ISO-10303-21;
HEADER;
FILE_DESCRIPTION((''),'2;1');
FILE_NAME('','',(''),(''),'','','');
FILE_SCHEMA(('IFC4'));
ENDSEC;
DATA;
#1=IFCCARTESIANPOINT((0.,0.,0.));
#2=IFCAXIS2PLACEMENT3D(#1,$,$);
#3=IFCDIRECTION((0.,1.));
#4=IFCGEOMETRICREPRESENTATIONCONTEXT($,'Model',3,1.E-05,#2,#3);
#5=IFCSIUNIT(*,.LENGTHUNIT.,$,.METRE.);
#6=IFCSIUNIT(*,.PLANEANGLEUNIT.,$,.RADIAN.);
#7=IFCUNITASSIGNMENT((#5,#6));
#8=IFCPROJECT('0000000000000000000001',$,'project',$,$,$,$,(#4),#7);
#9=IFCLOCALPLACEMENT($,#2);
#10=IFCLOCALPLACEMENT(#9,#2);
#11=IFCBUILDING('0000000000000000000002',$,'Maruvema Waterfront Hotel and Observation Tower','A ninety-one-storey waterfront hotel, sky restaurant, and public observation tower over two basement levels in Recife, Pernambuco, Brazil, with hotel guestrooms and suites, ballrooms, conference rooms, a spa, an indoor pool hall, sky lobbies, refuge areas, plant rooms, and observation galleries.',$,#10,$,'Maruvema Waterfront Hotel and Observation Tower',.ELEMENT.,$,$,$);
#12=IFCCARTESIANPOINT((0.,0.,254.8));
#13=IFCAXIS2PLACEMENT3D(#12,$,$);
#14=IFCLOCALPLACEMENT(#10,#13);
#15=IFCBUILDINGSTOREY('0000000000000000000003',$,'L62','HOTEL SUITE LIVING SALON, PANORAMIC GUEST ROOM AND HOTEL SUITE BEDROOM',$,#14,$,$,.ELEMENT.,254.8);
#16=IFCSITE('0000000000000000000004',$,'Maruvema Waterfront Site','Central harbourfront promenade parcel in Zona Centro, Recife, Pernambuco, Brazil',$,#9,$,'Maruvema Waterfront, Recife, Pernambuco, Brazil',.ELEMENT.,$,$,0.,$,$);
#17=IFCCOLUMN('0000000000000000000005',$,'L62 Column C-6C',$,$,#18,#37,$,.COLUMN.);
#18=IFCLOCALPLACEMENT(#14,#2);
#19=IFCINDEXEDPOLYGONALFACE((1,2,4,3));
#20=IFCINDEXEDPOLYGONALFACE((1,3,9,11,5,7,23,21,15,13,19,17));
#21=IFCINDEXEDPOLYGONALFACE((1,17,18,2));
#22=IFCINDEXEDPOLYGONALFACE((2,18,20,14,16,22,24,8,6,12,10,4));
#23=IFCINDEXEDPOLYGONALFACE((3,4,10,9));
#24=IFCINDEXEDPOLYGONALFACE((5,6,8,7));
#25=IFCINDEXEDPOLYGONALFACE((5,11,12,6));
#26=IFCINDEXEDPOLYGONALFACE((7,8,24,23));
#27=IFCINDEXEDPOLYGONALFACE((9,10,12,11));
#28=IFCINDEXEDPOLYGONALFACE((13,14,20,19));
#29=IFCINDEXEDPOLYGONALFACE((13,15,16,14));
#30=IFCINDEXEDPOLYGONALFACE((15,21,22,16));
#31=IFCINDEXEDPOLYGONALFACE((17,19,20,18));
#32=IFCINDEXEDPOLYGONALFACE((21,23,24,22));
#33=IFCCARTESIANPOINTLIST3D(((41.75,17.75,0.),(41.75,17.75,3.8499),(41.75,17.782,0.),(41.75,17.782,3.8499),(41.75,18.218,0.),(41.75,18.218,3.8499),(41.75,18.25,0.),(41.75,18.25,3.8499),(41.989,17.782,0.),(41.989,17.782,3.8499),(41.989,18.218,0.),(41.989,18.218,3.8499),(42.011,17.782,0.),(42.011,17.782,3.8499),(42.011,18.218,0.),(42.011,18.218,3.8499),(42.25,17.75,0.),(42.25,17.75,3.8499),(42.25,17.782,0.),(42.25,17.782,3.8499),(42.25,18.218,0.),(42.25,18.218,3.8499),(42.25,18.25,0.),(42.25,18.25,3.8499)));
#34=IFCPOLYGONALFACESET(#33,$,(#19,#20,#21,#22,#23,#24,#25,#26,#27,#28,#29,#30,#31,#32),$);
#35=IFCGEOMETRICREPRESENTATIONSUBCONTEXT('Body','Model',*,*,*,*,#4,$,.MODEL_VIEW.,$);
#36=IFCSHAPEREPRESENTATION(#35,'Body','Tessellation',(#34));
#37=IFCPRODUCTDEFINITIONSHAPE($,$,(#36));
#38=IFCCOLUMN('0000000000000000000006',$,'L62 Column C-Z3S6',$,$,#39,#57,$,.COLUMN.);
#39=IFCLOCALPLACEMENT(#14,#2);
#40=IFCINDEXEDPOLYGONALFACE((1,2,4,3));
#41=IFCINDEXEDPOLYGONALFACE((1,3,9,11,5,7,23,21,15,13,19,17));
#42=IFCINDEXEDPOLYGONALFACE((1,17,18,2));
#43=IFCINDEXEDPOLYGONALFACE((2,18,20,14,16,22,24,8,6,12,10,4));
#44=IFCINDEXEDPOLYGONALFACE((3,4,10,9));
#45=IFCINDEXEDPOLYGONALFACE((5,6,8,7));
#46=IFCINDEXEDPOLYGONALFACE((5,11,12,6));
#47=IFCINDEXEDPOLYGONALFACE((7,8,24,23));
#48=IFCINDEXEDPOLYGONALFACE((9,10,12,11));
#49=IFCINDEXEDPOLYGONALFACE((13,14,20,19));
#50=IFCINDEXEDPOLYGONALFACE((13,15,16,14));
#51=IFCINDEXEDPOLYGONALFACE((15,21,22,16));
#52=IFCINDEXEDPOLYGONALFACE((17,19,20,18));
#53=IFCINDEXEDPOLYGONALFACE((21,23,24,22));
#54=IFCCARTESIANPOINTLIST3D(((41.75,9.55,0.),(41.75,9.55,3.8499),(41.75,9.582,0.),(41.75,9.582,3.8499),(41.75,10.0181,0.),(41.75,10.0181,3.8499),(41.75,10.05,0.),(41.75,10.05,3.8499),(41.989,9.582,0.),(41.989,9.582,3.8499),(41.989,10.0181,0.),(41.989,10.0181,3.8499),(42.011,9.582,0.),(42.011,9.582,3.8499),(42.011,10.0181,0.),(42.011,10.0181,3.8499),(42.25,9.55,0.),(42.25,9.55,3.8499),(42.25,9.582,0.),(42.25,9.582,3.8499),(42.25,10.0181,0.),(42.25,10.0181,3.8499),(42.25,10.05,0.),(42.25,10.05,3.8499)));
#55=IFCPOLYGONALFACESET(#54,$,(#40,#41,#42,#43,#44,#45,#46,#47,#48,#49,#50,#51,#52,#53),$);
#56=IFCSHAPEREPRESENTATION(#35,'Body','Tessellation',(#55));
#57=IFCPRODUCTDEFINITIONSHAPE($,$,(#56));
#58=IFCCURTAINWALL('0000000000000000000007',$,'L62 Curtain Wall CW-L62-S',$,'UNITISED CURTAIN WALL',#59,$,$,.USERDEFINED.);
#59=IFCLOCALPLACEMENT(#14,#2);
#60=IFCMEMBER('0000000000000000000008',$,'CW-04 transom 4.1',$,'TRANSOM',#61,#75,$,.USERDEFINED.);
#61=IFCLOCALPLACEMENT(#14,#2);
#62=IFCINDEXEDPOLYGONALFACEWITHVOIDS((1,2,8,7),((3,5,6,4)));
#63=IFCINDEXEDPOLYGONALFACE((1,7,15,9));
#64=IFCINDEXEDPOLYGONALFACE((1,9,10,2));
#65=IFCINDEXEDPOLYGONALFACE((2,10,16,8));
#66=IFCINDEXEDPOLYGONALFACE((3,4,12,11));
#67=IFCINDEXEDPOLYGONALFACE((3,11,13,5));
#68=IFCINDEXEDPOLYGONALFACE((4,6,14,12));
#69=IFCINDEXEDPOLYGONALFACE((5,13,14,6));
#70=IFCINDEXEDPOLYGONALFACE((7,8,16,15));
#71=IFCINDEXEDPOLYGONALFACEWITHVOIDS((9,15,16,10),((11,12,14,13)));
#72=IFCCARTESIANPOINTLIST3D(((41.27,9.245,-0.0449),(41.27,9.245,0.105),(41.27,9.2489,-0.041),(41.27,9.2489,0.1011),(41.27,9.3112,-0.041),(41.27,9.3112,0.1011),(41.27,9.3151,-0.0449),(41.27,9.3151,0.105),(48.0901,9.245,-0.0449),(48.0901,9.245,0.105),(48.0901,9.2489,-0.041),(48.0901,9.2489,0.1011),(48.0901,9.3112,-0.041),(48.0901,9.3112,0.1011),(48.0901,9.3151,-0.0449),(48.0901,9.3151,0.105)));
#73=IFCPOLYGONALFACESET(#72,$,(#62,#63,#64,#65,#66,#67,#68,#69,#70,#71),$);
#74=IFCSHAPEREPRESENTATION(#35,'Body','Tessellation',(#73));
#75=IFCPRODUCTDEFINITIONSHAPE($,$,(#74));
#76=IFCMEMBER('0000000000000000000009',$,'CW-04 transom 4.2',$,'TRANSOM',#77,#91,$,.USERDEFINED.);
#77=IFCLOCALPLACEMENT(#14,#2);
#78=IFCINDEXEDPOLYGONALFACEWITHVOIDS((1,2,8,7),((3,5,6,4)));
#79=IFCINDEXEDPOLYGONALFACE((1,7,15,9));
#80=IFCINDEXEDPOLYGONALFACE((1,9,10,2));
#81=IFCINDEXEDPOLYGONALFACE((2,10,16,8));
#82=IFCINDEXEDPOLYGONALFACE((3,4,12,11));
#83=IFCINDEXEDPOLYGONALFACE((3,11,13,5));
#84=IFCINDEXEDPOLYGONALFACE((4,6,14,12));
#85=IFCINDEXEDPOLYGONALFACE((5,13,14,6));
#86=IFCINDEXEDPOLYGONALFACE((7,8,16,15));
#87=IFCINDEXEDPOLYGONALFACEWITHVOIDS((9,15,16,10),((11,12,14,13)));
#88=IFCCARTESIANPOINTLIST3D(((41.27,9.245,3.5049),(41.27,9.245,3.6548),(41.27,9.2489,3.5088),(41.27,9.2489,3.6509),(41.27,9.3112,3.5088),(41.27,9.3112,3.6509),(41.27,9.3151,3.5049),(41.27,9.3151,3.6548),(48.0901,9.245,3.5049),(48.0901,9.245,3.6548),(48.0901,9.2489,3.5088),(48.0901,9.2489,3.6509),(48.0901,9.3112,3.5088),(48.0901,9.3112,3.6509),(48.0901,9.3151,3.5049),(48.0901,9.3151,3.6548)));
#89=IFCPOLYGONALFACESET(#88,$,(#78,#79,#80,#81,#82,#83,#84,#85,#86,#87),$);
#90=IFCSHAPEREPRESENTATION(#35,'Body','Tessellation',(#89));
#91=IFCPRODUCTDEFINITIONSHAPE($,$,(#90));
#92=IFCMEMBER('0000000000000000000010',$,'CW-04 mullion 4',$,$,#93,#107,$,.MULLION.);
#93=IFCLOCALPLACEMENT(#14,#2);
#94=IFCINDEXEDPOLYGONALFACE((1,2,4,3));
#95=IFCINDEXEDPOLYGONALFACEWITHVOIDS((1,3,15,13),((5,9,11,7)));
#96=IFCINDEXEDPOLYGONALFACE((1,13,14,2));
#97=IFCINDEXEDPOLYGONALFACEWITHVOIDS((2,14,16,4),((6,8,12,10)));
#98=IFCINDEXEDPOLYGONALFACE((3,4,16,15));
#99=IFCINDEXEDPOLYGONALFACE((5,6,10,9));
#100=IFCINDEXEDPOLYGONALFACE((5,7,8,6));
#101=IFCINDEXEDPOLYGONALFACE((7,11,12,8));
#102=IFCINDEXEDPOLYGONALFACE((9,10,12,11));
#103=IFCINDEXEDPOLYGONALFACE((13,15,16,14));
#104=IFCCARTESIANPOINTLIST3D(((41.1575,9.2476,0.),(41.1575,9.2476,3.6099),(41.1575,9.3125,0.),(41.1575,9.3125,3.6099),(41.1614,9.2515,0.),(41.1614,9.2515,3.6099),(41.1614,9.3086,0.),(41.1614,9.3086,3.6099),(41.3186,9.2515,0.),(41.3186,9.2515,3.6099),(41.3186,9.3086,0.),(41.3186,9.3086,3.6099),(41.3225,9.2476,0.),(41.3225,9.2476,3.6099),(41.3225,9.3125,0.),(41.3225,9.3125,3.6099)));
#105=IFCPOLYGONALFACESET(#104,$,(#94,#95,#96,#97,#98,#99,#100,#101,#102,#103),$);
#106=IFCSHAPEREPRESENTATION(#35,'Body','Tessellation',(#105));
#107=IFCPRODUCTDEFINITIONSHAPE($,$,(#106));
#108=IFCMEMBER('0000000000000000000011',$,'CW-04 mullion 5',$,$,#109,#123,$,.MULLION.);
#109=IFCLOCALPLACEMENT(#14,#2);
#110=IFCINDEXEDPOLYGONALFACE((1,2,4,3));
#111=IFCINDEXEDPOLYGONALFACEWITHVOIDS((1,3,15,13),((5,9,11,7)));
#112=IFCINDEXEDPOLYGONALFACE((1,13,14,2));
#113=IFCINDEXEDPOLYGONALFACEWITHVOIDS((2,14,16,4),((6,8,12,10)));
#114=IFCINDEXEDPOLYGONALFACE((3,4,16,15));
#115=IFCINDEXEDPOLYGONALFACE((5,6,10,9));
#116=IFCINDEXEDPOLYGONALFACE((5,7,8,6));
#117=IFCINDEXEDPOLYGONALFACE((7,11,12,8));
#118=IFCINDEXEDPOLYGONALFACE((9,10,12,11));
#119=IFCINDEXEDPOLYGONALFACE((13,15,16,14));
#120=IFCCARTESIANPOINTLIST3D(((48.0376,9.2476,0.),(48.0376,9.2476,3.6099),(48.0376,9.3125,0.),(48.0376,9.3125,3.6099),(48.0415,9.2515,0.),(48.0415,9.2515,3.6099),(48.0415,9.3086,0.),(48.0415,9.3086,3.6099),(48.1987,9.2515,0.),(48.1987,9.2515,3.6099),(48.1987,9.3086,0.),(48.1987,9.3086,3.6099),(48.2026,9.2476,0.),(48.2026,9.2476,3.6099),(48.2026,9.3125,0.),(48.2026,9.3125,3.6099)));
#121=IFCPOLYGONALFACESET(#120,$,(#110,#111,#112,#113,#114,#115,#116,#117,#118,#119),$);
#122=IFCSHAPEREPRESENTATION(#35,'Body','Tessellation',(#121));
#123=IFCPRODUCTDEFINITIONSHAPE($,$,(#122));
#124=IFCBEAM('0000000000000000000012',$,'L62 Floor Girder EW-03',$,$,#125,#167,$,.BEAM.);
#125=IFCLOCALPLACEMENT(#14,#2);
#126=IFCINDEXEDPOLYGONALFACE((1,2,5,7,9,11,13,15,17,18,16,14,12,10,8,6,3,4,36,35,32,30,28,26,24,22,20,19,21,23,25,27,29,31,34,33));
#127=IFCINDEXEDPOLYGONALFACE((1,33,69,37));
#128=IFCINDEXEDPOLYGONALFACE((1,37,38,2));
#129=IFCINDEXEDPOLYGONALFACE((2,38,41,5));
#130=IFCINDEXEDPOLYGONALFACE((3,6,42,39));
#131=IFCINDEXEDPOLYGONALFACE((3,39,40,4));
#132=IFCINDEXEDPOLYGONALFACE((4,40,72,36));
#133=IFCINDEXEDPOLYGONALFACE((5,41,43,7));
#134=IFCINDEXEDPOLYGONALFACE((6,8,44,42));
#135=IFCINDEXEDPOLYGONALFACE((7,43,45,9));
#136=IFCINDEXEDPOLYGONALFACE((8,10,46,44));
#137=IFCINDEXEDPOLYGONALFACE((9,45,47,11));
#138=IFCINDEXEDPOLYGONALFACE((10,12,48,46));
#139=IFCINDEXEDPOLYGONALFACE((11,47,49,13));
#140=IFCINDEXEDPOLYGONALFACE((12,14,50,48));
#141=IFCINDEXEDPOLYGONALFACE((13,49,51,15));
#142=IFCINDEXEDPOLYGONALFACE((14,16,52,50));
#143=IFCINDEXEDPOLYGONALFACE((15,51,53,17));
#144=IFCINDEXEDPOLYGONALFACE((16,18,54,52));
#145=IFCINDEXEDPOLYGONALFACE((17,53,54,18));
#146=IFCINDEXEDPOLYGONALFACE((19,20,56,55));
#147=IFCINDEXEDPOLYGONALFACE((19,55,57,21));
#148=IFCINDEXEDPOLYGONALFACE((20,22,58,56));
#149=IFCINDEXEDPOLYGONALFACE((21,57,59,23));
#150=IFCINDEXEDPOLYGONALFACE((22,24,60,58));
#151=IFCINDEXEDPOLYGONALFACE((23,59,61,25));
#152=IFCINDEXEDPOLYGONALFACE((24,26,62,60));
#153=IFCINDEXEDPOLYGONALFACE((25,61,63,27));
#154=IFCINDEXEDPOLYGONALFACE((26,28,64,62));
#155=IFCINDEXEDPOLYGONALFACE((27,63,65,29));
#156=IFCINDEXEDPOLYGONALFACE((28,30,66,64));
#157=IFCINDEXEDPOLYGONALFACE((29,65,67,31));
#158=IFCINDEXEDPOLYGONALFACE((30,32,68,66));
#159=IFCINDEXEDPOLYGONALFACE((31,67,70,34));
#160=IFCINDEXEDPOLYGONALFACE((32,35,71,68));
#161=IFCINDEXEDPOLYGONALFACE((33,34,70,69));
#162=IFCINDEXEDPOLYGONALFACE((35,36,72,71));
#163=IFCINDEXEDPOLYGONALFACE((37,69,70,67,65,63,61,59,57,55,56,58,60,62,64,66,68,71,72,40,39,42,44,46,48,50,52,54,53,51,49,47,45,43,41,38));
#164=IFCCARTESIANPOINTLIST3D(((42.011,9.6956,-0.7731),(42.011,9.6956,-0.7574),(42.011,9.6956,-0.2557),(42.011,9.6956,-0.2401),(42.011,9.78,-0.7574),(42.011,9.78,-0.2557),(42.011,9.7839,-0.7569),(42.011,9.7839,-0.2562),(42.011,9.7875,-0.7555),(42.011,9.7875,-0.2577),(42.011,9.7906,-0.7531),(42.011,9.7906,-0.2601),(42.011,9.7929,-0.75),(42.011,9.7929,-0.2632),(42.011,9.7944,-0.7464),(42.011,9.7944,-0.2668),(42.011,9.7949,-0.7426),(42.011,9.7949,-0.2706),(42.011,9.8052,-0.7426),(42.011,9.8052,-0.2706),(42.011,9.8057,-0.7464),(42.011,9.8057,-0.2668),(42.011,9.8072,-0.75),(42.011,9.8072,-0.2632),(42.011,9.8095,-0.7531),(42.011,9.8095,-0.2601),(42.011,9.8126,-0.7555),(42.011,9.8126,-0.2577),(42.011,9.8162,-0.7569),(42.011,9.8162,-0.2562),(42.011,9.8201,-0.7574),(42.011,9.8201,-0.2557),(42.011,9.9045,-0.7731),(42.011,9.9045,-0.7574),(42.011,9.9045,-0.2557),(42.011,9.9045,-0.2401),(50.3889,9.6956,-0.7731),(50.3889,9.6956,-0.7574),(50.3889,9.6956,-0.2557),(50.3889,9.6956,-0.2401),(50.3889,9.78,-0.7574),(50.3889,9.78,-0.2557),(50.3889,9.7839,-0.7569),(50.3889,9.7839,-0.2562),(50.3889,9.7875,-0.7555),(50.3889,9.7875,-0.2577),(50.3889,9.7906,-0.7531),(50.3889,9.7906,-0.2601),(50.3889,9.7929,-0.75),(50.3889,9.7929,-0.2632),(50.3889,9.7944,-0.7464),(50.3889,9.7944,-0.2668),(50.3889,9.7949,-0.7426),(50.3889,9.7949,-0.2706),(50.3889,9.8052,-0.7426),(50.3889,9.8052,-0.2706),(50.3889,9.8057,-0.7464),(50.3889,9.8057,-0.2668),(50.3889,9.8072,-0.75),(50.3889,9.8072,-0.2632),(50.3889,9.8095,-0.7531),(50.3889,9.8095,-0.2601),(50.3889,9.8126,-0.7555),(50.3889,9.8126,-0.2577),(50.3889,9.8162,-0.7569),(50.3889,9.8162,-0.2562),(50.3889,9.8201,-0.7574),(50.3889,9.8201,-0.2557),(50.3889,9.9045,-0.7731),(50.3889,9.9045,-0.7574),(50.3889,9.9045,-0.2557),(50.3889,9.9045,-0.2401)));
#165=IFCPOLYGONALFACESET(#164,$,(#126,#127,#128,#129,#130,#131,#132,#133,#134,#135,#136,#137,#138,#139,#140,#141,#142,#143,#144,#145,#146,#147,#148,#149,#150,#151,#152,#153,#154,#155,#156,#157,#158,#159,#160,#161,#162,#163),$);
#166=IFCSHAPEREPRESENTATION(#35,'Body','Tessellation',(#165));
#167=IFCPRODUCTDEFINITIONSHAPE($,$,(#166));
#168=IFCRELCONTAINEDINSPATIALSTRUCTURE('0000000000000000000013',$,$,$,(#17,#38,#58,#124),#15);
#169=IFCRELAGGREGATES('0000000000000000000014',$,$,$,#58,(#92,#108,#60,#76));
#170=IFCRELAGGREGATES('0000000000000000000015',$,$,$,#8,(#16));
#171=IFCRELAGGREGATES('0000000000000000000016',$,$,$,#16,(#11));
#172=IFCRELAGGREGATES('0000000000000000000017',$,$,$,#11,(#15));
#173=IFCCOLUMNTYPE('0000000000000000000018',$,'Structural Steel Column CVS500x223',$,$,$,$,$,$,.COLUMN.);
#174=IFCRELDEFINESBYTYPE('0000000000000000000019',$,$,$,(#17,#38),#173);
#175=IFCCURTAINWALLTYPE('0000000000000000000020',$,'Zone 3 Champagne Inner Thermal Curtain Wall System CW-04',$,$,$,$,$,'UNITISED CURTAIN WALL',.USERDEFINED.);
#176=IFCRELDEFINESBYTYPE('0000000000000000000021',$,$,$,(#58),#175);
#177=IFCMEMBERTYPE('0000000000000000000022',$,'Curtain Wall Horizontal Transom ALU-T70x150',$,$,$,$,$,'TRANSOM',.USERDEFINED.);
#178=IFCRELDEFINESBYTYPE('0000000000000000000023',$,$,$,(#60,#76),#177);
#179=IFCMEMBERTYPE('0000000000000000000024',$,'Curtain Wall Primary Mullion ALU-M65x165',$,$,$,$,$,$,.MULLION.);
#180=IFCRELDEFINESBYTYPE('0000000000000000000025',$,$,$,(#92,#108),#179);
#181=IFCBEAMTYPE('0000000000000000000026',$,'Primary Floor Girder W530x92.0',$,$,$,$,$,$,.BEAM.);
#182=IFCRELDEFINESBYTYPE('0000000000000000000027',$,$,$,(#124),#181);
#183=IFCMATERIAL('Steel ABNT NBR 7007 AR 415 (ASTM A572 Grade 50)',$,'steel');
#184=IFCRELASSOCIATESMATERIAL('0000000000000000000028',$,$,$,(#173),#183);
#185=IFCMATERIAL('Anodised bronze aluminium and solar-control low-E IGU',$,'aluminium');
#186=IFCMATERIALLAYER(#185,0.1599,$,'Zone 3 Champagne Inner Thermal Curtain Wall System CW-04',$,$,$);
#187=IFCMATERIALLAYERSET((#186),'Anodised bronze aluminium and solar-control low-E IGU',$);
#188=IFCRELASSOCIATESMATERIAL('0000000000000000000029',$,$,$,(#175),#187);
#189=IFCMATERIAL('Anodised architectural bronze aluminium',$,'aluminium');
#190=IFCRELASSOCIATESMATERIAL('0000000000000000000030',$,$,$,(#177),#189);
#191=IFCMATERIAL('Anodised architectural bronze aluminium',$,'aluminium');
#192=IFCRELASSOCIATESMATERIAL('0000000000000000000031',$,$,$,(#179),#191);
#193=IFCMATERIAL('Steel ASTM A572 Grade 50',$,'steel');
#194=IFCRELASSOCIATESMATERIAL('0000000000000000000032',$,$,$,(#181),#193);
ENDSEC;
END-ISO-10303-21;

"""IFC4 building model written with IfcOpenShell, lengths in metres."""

from ifc_helpers import new_model, si_unit, direction, frame, origin, origin_2d, place, context, subcontext, project, spatial, hollow_rectangle, i_section, extrude, material, layer, layer_set, material_profile, profile_set, type_object, element, aggregate, save


model = new_model("IFC4")

# Units and contexts
model_context = context("Model", 3, precision=1e-05, world=origin(), true_north=direction((0.0, 1.0)))
body_context = subcontext(model_context, "Body", "Model", "MODEL_VIEW")
ifc_project = project(units=[si_unit("LENGTHUNIT", "METRE"), si_unit("PLANEANGLEUNIT", "RADIAN")], contexts=[model_context])

# Site, building, storey
site_placement = place(None, origin())
site = spatial("IfcSite", under=ifc_project, at=site_placement, Name="Maruvema Waterfront Site", Description="Central harbourfront promenade parcel in Zona Centro, Recife, Pernambuco, Brazil", LongName="Maruvema Waterfront, Recife, Pernambuco, Brazil", CompositionType="ELEMENT", RefElevation=0.0)
building_placement = place(site_placement, origin())
building = spatial("IfcBuilding", under=site, at=building_placement, Name="Maruvema Waterfront Hotel and Observation Tower", Description="A ninety-one-storey waterfront hotel, sky restaurant, and public observation tower over two basement levels in Recife, Pernambuco, Brazil, with hotel guestrooms and suites, ballrooms, conference rooms, a spa, an indoor pool hall, sky lobbies, refuge areas, plant rooms, and observation galleries.", LongName="Maruvema Waterfront Hotel and Observation Tower", CompositionType="ELEMENT")
storey_placement = place(building_placement, frame((0.0, 0.0, 254.8)))
storey = spatial("IfcBuildingStorey", under=building, at=storey_placement, Name="L62", Description="HOTEL SUITE LIVING SALON, PANORAMIC GUEST ROOM AND HOTEL SUITE BEDROOM", CompositionType="ELEMENT", Elevation=254.8)

# Columns
ifc_material_1 = material(Name="Steel ABNT NBR 7007 AR 415 (ASTM A572 Grade 50)", Category="steel")
ifc_material_profile_1 = material_profile(ifc_material_1, i_section(OverallWidth=0.5, OverallDepth=0.5, WebThickness=0.022, FlangeThickness=0.032, at=origin_2d()), Name="CVS500x223")
ifc_profile_set_1 = profile_set([ifc_material_profile_1], Name="Steel ABNT NBR 7007 AR 415 (ASTM A572 Grade 50)")
column_type = type_object("IfcColumnType", Name="Structural Steel Column CVS500x223", PredefinedType="COLUMN", material=ifc_profile_set_1)
for number, where, z_axis, x_axis, name in (
    (1, (42.0, 18.0, 0.0), (0.0, 0.0, 1.0), (1.0, 0.0, 0.0), "L62 Column C-6C"),
    (2, (42.0, 9.8, 0.0), (0.0, 0.0, 1.0), (1.0, 0.0, 0.0), "L62 Column C-Z3S6"),
):
    element("IfcColumn", number, at=place(storey_placement, frame(where, z_axis=z_axis, x_axis=x_axis)), inside=storey, type_object=column_type, Name=name, PredefinedType="COLUMN", context=body_context, shape_type="SweptSolid", body=[
        extrude(i_section(OverallWidth=0.5, OverallDepth=0.5, WebThickness=0.022, FlangeThickness=0.032, at=origin_2d()), origin(), (0.0, 0.0, 1.0), 3.8499),
    ])

# Curtain wall, members
ifc_material_2 = material(Name="Anodised bronze aluminium and solar-control low-E IGU", Category="aluminium")
ifc_layer_1 = layer(ifc_material_2, 0.1599, Name="Zone 3 Champagne Inner Thermal Curtain Wall System CW-04")
ifc_layer_set_1 = layer_set([ifc_layer_1], Name="Anodised bronze aluminium and solar-control low-E IGU")
curtain_wall_type = type_object("IfcCurtainWallType", Name="Zone 3 Champagne Inner Thermal Curtain Wall System CW-04", ElementType="UNITISED CURTAIN WALL", PredefinedType="USERDEFINED", material=ifc_layer_set_1)
curtain_wall_placement = place(storey_placement, origin())
curtain_wall = element("IfcCurtainWall", 3, at=curtain_wall_placement, inside=storey, type_object=curtain_wall_type, Name="L62 Curtain Wall CW-L62-S", ObjectType="UNITISED CURTAIN WALL", PredefinedType="USERDEFINED")
ifc_material_3 = material(Name="Anodised architectural bronze aluminium", Category="aluminium")
ifc_material_profile_2 = material_profile(ifc_material_3, hollow_rectangle(XDim=0.0701, YDim=0.1499, WallThickness=0.0039, at=origin_2d()), Name="ALU-T70x150")
ifc_profile_set_2 = profile_set([ifc_material_profile_2], Name="Anodised architectural bronze aluminium")
member_type_1 = type_object("IfcMemberType", Name="Curtain Wall Horizontal Transom ALU-T70x150", ElementType="TRANSOM", PredefinedType="USERDEFINED", material=ifc_profile_set_2)
member_1_placement = place(storey_placement, frame((41.27, 9.28, 0.03), z_axis=(1.0, 0.0, 0.0), x_axis=(0.0, 1.0, 0.0)))
member_1 = element("IfcMember", 4, at=member_1_placement, type_object=member_type_1, Name="CW-04 transom 4.1", ObjectType="TRANSOM", PredefinedType="USERDEFINED", context=body_context, shape_type="SweptSolid", body=[
    extrude(hollow_rectangle(XDim=0.0701, YDim=0.1499, WallThickness=0.0039, at=origin_2d()), origin(), (0.0, 0.0, 1.0), 6.8201),
])
member_2_placement = place(storey_placement, frame((41.27, 9.28, 3.5798), z_axis=(1.0, 0.0, 0.0), x_axis=(0.0, 1.0, 0.0)))
member_2 = element("IfcMember", 5, at=member_2_placement, type_object=member_type_1, Name="CW-04 transom 4.2", ObjectType="TRANSOM", PredefinedType="USERDEFINED", context=body_context, shape_type="SweptSolid", body=[
    extrude(hollow_rectangle(XDim=0.0701, YDim=0.1499, WallThickness=0.0039, at=origin_2d()), origin(), (0.0, 0.0, 1.0), 6.8201),
])
ifc_material_4 = material(Name="Anodised architectural bronze aluminium", Category="aluminium")
ifc_material_profile_3 = material_profile(ifc_material_4, hollow_rectangle(XDim=0.0649, YDim=0.165, WallThickness=0.0039, at=origin_2d()), Name="ALU-M65x165")
ifc_profile_set_3 = profile_set([ifc_material_profile_3], Name="Anodised architectural bronze aluminium")
member_type_2 = type_object("IfcMemberType", Name="Curtain Wall Primary Mullion ALU-M65x165", PredefinedType="MULLION", material=ifc_profile_set_3)
member_3_placement = place(storey_placement, frame((41.24, 9.28, 0.0), z_axis=(0.0, 0.0, 1.0), x_axis=(0.0, 1.0, 0.0)))
member_3 = element("IfcMember", 6, at=member_3_placement, type_object=member_type_2, Name="CW-04 mullion 4", PredefinedType="MULLION", context=body_context, shape_type="SweptSolid", body=[
    extrude(hollow_rectangle(XDim=0.0649, YDim=0.165, WallThickness=0.0039, at=origin_2d()), origin(), (0.0, 0.0, 1.0), 3.6099),
])
member_4_placement = place(storey_placement, frame((48.1201, 9.28, 0.0), z_axis=(0.0, 0.0, 1.0), x_axis=(0.0, 1.0, 0.0)))
member_4 = element("IfcMember", 7, at=member_4_placement, type_object=member_type_2, Name="CW-04 mullion 5", PredefinedType="MULLION", context=body_context, shape_type="SweptSolid", body=[
    extrude(hollow_rectangle(XDim=0.0649, YDim=0.165, WallThickness=0.0039, at=origin_2d()), origin(), (0.0, 0.0, 1.0), 3.6099),
])

# Beam
ifc_material_5 = material(Name="Steel ASTM A572 Grade 50", Category="steel")
ifc_material_profile_4 = material_profile(ifc_material_5, i_section(OverallWidth=0.209, OverallDepth=0.533, WebThickness=0.0103, FlangeThickness=0.0156, FilletRadius=0.0149, at=origin_2d()), Name="W530x92.0")
ifc_profile_set_4 = profile_set([ifc_material_profile_4], Name="Steel ASTM A572 Grade 50")
beam_type_1 = type_object("IfcBeamType", Name="Primary Floor Girder W530x92.0", PredefinedType="BEAM", material=ifc_profile_set_4)
beam_1_placement = place(storey_placement, frame((42.011, 9.8, -0.5066), z_axis=(1.0, 0.0, 0.0), x_axis=(0.0, 1.0, 0.0)))
element("IfcBeam", 8, at=beam_1_placement, inside=storey, type_object=beam_type_1, Name="L62 Floor Girder EW-03", PredefinedType="BEAM", context=body_context, shape_type="SweptSolid", body=[
    extrude(i_section(OverallWidth=0.209, OverallDepth=0.533, WebThickness=0.0103, FlangeThickness=0.0156, FilletRadius=0.0149, at=origin_2d()), origin(), (0.0, 0.0, 1.0), 8.3779),
])

aggregate(curtain_wall, [member_3, member_4, member_1, member_2])

save(model, "model.ifc")
